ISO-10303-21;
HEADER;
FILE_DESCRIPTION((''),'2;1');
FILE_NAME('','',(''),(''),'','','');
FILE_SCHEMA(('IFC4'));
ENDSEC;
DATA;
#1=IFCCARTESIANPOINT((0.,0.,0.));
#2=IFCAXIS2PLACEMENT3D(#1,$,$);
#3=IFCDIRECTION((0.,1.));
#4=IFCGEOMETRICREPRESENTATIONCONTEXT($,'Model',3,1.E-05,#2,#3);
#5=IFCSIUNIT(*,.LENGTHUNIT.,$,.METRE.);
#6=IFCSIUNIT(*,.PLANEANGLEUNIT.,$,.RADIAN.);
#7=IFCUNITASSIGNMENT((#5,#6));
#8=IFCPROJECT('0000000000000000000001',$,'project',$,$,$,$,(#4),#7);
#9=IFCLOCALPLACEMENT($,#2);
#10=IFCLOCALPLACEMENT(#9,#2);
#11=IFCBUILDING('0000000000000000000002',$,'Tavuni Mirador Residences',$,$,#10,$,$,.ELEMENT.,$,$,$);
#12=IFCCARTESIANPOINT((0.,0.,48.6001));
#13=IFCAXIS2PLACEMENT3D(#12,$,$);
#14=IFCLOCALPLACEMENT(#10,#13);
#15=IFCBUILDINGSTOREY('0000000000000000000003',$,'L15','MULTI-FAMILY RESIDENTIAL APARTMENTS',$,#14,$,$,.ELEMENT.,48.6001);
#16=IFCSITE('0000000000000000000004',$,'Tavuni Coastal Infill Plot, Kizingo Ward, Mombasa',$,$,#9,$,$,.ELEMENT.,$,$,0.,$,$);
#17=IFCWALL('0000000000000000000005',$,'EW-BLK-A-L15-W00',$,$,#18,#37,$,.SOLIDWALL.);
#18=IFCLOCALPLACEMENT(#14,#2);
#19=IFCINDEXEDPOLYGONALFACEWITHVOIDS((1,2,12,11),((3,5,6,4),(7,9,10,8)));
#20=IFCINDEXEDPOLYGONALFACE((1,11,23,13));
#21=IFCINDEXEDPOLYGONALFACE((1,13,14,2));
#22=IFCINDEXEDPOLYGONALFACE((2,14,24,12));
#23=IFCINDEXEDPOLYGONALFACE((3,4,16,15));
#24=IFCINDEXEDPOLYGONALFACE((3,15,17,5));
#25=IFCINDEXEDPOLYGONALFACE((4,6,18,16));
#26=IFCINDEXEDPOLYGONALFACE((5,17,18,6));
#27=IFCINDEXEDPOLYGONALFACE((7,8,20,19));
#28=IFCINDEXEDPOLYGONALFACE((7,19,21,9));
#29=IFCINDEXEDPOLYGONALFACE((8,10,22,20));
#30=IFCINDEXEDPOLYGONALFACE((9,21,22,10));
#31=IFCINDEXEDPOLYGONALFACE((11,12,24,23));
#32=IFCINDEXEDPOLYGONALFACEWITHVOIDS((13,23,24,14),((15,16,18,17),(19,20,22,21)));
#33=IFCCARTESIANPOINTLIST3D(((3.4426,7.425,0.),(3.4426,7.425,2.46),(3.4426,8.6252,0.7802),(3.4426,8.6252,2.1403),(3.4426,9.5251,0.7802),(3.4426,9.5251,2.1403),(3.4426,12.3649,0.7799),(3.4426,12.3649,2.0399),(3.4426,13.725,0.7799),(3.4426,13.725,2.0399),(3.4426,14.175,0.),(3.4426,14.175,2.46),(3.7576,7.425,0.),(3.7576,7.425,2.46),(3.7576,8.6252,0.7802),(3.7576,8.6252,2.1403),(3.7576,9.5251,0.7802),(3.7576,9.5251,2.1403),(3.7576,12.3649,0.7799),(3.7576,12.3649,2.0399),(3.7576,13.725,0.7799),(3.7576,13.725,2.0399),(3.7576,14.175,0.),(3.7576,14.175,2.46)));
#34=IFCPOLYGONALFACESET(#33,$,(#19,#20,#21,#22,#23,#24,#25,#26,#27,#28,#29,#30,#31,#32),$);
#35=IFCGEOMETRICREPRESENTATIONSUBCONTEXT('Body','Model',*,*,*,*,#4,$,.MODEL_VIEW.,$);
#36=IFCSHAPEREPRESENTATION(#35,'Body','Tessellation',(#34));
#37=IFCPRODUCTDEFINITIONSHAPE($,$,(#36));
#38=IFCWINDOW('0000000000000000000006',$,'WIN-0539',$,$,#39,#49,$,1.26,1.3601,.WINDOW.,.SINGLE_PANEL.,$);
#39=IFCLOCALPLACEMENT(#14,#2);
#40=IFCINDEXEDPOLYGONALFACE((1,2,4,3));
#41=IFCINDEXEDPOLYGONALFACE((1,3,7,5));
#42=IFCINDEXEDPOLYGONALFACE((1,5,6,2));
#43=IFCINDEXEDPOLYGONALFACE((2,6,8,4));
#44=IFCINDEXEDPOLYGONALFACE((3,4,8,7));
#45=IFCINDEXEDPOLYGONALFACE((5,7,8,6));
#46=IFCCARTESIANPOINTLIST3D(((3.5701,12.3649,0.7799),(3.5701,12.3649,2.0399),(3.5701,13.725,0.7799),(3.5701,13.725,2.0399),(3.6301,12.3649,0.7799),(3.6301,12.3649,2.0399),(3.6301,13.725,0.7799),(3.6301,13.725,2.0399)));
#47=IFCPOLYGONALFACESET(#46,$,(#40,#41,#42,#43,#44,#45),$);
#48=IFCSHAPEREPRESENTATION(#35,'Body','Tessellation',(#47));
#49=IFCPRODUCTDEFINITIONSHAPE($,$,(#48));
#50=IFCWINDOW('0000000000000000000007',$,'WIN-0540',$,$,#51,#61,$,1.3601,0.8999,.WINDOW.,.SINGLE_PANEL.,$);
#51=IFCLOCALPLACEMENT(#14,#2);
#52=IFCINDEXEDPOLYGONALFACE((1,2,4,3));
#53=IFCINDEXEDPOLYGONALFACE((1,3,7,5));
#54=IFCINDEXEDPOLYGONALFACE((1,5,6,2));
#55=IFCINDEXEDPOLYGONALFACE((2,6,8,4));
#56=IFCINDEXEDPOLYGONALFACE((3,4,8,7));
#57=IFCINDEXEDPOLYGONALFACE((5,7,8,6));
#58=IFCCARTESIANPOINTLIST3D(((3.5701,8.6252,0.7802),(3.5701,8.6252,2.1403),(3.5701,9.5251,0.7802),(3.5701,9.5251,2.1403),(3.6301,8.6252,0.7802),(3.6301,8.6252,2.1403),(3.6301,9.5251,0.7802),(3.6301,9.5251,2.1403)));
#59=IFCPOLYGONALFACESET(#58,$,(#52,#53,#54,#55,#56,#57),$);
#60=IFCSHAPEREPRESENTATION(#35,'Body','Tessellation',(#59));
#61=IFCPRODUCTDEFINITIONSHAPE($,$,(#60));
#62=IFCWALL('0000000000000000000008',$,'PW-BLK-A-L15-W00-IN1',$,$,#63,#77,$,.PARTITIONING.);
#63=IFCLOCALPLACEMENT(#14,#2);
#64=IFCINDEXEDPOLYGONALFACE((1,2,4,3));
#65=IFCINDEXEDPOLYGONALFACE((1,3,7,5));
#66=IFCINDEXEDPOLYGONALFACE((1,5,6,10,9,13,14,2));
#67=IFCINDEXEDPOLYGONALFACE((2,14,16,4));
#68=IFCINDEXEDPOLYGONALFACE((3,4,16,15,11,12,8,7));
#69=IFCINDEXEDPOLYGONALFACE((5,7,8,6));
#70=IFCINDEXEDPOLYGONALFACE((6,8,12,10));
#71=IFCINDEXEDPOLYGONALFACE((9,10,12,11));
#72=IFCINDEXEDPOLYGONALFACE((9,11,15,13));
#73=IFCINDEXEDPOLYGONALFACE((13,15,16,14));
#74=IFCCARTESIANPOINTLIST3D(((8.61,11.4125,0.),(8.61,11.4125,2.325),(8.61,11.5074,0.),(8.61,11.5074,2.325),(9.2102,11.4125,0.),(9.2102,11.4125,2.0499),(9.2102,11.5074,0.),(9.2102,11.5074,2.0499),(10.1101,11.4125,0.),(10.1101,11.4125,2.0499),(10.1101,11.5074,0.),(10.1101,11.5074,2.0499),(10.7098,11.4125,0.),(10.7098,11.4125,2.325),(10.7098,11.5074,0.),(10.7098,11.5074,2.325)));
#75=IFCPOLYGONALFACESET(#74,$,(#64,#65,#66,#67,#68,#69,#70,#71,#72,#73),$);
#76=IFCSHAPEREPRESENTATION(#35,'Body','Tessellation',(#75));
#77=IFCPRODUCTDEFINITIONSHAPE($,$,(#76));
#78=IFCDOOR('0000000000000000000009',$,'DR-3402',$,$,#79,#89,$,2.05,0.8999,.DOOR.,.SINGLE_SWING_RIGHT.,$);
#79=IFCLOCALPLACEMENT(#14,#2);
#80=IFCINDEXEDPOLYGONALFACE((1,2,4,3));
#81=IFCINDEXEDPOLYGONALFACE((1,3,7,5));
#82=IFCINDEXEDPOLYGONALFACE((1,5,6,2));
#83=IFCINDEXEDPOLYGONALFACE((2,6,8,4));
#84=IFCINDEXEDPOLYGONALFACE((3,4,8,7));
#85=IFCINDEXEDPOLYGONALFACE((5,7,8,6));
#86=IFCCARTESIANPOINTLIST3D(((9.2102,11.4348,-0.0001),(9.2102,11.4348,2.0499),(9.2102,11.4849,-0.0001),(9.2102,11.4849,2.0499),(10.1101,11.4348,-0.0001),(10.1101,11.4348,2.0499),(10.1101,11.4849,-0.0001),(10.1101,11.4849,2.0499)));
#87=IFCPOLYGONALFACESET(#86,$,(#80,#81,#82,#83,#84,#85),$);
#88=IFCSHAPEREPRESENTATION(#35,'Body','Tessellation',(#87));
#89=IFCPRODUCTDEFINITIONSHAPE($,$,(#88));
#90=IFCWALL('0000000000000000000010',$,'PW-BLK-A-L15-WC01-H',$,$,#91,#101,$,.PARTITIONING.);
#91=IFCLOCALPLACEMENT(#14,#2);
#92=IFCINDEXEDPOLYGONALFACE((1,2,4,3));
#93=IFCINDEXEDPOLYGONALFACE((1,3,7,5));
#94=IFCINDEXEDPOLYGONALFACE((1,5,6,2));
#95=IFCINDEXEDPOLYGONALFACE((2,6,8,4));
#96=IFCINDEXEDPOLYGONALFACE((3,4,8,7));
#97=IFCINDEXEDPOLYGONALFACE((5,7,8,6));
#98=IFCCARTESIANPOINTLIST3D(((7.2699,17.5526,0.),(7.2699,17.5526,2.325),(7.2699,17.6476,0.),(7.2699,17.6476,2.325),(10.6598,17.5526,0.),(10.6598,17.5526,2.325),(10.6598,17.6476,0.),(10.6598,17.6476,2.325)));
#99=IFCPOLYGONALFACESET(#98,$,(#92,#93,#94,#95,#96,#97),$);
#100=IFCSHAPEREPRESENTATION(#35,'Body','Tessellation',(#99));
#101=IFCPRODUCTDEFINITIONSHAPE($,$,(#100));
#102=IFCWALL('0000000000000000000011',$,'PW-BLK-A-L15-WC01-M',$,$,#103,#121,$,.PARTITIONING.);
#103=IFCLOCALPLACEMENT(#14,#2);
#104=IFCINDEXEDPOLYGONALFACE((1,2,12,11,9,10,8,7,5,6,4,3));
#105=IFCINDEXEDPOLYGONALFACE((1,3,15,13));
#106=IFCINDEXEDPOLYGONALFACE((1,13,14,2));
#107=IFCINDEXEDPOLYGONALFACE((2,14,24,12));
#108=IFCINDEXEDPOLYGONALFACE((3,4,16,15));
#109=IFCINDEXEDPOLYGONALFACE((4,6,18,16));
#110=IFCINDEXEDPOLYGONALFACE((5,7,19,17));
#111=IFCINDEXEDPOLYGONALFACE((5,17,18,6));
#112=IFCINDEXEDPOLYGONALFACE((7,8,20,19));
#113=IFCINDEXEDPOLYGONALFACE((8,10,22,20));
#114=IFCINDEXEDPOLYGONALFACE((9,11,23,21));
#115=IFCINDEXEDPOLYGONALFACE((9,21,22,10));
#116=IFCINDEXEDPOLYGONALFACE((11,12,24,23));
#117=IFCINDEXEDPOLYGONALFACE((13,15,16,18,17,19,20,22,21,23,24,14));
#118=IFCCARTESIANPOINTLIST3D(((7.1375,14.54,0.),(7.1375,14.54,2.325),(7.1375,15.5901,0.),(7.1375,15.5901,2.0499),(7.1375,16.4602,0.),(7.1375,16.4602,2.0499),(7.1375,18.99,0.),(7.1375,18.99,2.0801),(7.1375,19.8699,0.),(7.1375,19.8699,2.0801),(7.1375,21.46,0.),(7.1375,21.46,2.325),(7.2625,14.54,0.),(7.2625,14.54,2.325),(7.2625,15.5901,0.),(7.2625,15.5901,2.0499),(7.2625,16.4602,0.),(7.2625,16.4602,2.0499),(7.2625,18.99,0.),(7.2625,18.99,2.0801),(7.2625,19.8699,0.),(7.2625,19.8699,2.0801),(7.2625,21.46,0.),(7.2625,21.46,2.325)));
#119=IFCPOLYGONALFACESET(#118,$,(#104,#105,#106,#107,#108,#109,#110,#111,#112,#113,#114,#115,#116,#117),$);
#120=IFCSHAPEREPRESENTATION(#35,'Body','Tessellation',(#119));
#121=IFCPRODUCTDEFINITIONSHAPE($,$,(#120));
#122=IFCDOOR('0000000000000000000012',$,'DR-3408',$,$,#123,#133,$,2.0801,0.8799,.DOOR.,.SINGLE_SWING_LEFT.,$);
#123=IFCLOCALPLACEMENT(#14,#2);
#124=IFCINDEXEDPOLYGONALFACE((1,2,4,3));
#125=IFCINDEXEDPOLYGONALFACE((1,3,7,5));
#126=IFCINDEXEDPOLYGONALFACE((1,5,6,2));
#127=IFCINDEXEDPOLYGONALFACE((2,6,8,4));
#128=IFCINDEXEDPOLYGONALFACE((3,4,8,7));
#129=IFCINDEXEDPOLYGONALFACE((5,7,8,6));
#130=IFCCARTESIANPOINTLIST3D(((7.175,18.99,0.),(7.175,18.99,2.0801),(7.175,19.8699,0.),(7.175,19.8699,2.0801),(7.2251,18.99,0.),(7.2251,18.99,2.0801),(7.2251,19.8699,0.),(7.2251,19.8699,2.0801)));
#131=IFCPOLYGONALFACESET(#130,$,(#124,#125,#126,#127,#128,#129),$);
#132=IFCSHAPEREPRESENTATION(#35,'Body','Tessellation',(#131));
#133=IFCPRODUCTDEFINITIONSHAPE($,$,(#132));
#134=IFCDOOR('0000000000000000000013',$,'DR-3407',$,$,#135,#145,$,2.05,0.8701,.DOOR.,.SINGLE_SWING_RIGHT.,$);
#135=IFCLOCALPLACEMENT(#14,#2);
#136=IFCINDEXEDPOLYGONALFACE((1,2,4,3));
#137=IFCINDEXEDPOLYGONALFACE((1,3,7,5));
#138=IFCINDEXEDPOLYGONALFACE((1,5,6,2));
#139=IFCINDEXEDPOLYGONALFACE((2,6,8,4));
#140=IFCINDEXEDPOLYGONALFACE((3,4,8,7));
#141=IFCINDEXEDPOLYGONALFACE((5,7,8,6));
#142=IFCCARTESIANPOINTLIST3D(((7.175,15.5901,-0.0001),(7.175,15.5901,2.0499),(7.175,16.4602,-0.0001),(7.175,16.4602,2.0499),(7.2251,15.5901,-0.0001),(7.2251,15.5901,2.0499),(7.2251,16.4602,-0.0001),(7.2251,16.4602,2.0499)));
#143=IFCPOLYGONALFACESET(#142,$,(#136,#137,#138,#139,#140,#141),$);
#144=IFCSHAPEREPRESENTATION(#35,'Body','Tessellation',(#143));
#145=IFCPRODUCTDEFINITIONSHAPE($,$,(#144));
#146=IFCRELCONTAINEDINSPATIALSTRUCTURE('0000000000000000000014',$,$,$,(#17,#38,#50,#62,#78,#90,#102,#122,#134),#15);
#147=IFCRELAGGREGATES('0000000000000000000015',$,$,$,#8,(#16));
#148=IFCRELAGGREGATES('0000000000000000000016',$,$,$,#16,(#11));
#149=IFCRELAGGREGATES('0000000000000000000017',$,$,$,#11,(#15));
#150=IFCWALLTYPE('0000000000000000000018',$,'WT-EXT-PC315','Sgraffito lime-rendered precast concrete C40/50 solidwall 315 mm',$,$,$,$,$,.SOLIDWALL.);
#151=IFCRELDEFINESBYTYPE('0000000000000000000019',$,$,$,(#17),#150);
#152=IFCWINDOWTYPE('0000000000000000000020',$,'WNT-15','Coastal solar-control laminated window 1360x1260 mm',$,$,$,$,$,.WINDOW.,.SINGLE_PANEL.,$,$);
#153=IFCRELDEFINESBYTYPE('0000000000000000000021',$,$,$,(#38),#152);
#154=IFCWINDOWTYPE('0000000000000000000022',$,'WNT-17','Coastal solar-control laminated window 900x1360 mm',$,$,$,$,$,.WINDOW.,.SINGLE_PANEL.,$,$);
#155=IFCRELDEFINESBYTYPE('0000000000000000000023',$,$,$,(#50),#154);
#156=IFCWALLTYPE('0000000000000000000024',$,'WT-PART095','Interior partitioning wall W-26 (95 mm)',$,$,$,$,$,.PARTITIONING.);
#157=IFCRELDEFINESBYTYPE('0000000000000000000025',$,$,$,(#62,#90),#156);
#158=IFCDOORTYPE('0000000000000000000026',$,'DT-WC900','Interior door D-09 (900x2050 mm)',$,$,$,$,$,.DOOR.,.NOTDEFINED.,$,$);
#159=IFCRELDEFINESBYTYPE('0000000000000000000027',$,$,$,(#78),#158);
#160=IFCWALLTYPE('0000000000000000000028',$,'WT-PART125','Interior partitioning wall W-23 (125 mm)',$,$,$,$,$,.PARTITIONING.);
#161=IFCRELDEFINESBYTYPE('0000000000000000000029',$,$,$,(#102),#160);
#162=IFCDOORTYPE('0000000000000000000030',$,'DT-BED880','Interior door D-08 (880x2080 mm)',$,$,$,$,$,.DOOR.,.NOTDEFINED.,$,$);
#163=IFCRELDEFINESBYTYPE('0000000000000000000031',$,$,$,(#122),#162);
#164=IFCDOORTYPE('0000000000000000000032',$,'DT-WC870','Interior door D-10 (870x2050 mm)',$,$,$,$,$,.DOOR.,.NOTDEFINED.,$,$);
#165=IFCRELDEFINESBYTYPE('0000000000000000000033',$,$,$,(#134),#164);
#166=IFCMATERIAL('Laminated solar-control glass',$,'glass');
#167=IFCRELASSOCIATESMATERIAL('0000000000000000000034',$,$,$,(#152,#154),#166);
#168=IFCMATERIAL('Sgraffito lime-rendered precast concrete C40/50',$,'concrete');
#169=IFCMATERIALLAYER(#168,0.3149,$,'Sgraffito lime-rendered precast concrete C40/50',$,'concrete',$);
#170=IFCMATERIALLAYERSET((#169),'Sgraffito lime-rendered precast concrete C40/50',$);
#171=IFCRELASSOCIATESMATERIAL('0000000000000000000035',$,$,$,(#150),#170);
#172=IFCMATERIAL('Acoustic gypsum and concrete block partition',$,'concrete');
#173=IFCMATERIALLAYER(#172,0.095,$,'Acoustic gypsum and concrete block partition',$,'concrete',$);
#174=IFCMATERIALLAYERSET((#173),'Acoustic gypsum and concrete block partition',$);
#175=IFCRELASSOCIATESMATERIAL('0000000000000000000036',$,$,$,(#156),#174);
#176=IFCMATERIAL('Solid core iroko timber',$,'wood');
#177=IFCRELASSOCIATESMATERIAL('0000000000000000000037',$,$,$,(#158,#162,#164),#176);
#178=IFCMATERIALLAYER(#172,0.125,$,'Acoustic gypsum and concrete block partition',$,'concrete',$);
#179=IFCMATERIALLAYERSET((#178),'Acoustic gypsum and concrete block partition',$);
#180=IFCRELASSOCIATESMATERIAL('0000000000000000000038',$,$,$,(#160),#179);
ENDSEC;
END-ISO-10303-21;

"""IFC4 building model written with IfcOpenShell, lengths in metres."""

from ifc_helpers import new_model, si_unit, direction, frame, frame_2d, origin, place, context, subcontext, project, spatial, rectangle, extrude, material, layer, layer_set, type_object, element, fill, save


model = new_model("IFC4")

# Units and contexts
model_context = context("Model", 3, precision=1e-05, world=origin(), true_north=direction((0.0, 1.0)))
body_context = subcontext(model_context, "Body", "Model", "MODEL_VIEW")
ifc_project = project(units=[si_unit("LENGTHUNIT", "METRE"), si_unit("PLANEANGLEUNIT", "RADIAN")], contexts=[model_context])

# Site, building, storey
site_placement = place(None, origin())
site = spatial("IfcSite", under=ifc_project, at=site_placement, Name="Tavuni Coastal Infill Plot, Kizingo Ward, Mombasa", CompositionType="ELEMENT", RefElevation=0.0)
building_placement = place(site_placement, origin())
building = spatial("IfcBuilding", under=site, at=building_placement, Name="Tavuni Mirador Residences", CompositionType="ELEMENT")
storey_placement = place(building_placement, frame((0.0, 0.0, 48.6001)))
storey = spatial("IfcBuildingStorey", under=building, at=storey_placement, Name="L15", Description="MULTI-FAMILY RESIDENTIAL APARTMENTS", CompositionType="ELEMENT", Elevation=48.6001)

# Wall, openings, windows
ifc_material_1 = material(Name="Sgraffito lime-rendered precast concrete C40/50", Category="concrete")
ifc_material_2 = material(Name="Laminated solar-control glass", Category="glass")
window_type_1 = type_object("IfcWindowType", Name="WNT-15", Description="Coastal solar-control laminated window 1360x1260 mm", PartitioningType="SINGLE_PANEL", PredefinedType="WINDOW", material=ifc_material_2)
ifc_layer_1 = layer(ifc_material_1, 0.3149, Name="Sgraffito lime-rendered precast concrete C40/50", Category="concrete")
ifc_layer_set_1 = layer_set([ifc_layer_1], Name="Sgraffito lime-rendered precast concrete C40/50")
wall_type_1 = type_object("IfcWallType", Name="WT-EXT-PC315", Description="Sgraffito lime-rendered precast concrete C40/50 solidwall 315 mm", PredefinedType="SOLIDWALL", material=ifc_layer_set_1)
wall_1_placement = place(storey_placement, frame((3.6001, 14.175, 0.0), z_axis=(0.0, 0.0, 1.0), x_axis=(0.0, -1.0, 0.0)))
wall_1 = element("IfcWall", 1, at=wall_1_placement, inside=storey, type_object=wall_type_1, Name="EW-BLK-A-L15-W00", PredefinedType="SOLIDWALL", context=body_context, shape_type="SweptSolid", body=[
    extrude(rectangle(XDim=6.75, YDim=0.3149, at=frame_2d((3.375, 0.0))), origin(), (0.0, 0.0, 1.0), 2.46),
])
opening_1_placement = place(wall_1_placement, frame((0.45, 0.0, 0.78)))
opening_1 = element("IfcOpeningElement", 2, at=opening_1_placement, cuts=wall_1, PredefinedType="OPENING", context=body_context, shape_type="SweptSolid", body=[
    extrude(rectangle(XDim=1.3601, YDim=1.26, at=frame_2d((0.6802, 0.6299))), frame((0.0, 0.1675, 0.0), z_axis=(0.0, -1.0, 0.0), x_axis=(1.0, 0.0, 0.0)), (0.0, 0.0, 1.0), 0.335),
])
opening_2_placement = place(wall_1_placement, frame((4.6499, 0.0, 0.78)))
opening_2 = element("IfcOpeningElement", 3, at=opening_2_placement, cuts=wall_1, PredefinedType="OPENING", context=body_context, shape_type="SweptSolid", body=[
    extrude(rectangle(XDim=0.8999, YDim=1.3601, at=frame_2d((0.45, 0.6802))), frame((0.0, 0.1675, 0.0), z_axis=(0.0, -1.0, 0.0), x_axis=(1.0, 0.0, 0.0)), (0.0, 0.0, 1.0), 0.335),
])
window_1_placement = place(opening_1_placement, origin())
window_1 = element("IfcWindow", 4, at=window_1_placement, inside=storey, type_object=window_type_1, Name="WIN-0539", OverallHeight=1.26, OverallWidth=1.3601, PartitioningType="SINGLE_PANEL", PredefinedType="WINDOW", context=body_context, shape_type="SweptSolid", body=[
    extrude(rectangle(XDim=1.3601, YDim=1.26, at=frame_2d((0.6802, 0.6299))), frame((0.0, 0.03, 0.0), z_axis=(0.0, -1.0, 0.0), x_axis=(1.0, 0.0, 0.0)), (0.0, 0.0, 1.0), 0.0601),
])
fill(opening_1, window_1)
window_type_2 = type_object("IfcWindowType", Name="WNT-17", Description="Coastal solar-control laminated window 900x1360 mm", PartitioningType="SINGLE_PANEL", PredefinedType="WINDOW", material=ifc_material_2)
window_2_placement = place(opening_2_placement, origin())
window_2 = element("IfcWindow", 5, at=window_2_placement, inside=storey, type_object=window_type_2, Name="WIN-0540", OverallHeight=1.3601, OverallWidth=0.8999, PartitioningType="SINGLE_PANEL", PredefinedType="WINDOW", context=body_context, shape_type="SweptSolid", body=[
    extrude(rectangle(XDim=0.8999, YDim=1.3601, at=frame_2d((0.45, 0.6802))), frame((0.0, 0.03, 0.0), z_axis=(0.0, -1.0, 0.0), x_axis=(1.0, 0.0, 0.0)), (0.0, 0.0, 1.0), 0.0601),
])
fill(opening_2, window_2)

# Wall, opening, door
ifc_material_3 = material(Name="Acoustic gypsum and concrete block partition", Category="concrete")
ifc_layer_2 = layer(ifc_material_3, 0.095, Name="Acoustic gypsum and concrete block partition", Category="concrete")
ifc_layer_set_2 = layer_set([ifc_layer_2], Name="Acoustic gypsum and concrete block partition")
wall_type_2 = type_object("IfcWallType", Name="WT-PART095", Description="Interior partitioning wall W-26 (95 mm)", PredefinedType="PARTITIONING", material=ifc_layer_set_2)
wall_2_placement = place(storey_placement, frame((8.6101, 11.46, 0.0), z_axis=(0.0, 0.0, 1.0), x_axis=(1.0, 0.0, 0.0)))
wall_2 = element("IfcWall", 6, at=wall_2_placement, inside=storey, type_object=wall_type_2, Name="PW-BLK-A-L15-W00-IN1", PredefinedType="PARTITIONING", context=body_context, shape_type="SweptSolid", body=[
    extrude(rectangle(XDim=2.0999, YDim=0.095, at=frame_2d((1.0498, 0.0))), origin(), (0.0, 0.0, 1.0), 2.325),
])
opening_3_placement = place(wall_2_placement, frame((0.6001, 0.0, 0.0)))
opening_3 = element("IfcOpeningElement", 7, at=opening_3_placement, cuts=wall_2, PredefinedType="OPENING", context=body_context, shape_type="SweptSolid", body=[
    extrude(rectangle(XDim=0.8999, YDim=2.05, at=frame_2d((0.45, 1.0249))), frame((0.0, 0.0576, 0.0), z_axis=(0.0, -1.0, 0.0), x_axis=(1.0, 0.0, 0.0)), (0.0, 0.0, 1.0), 0.115),
])
ifc_material_4 = material(Name="Solid core iroko timber", Category="wood")
door_type_1 = type_object("IfcDoorType", Name="DT-WC900", Description="Interior door D-09 (900x2050 mm)", OperationType="NOTDEFINED", PredefinedType="DOOR", material=ifc_material_4)
door_1_placement = place(opening_3_placement, origin())
door_1 = element("IfcDoor", 8, at=door_1_placement, inside=storey, type_object=door_type_1, Name="DR-3402", OperationType="SINGLE_SWING_RIGHT", OverallHeight=2.05, OverallWidth=0.8999, PredefinedType="DOOR", context=body_context, shape_type="SweptSolid", body=[
    extrude(rectangle(XDim=0.8999, YDim=2.05, at=frame_2d((0.45, 1.0249))), frame((0.0, 0.0249, 0.0), z_axis=(0.0, -1.0, 0.0), x_axis=(1.0, 0.0, 0.0)), (0.0, 0.0, 1.0), 0.05),
])
fill(opening_3, door_1)

# Wall
wall_3_placement = place(storey_placement, frame((7.27, 17.6001, 0.0), z_axis=(0.0, 0.0, 1.0), x_axis=(1.0, 0.0, 0.0)))
element("IfcWall", 9, at=wall_3_placement, inside=storey, type_object=wall_type_2, Name="PW-BLK-A-L15-WC01-H", PredefinedType="PARTITIONING", context=body_context, shape_type="SweptSolid", body=[
    extrude(rectangle(XDim=3.3899, YDim=0.095, at=frame_2d((1.6948, 0.0))), origin(), (0.0, 0.0, 1.0), 2.325),
])

# Wall, openings, doors
ifc_layer_3 = layer(ifc_material_3, 0.125, Name="Acoustic gypsum and concrete block partition", Category="concrete")
ifc_layer_set_3 = layer_set([ifc_layer_3], Name="Acoustic gypsum and concrete block partition")
wall_type_3 = type_object("IfcWallType", Name="WT-PART125", Description="Interior partitioning wall W-23 (125 mm)", PredefinedType="PARTITIONING", material=ifc_layer_set_3)
wall_4_placement = place(storey_placement, frame((7.2, 14.54, 0.0), z_axis=(0.0, 0.0, 1.0), x_axis=(0.0, 1.0, 0.0)))
wall_4 = element("IfcWall", 10, at=wall_4_placement, inside=storey, type_object=wall_type_3, Name="PW-BLK-A-L15-WC01-M", PredefinedType="PARTITIONING", context=body_context, shape_type="SweptSolid", body=[
    extrude(rectangle(XDim=6.9199, YDim=0.125, at=frame_2d((3.46, 0.0))), origin(), (0.0, 0.0, 1.0), 2.325),
])
opening_4_placement = place(wall_4_placement, frame((1.05, 0.0, 0.0)))
opening_4 = element("IfcOpeningElement", 11, at=opening_4_placement, cuts=wall_4, PredefinedType="OPENING", context=body_context, shape_type="SweptSolid", body=[
    extrude(rectangle(XDim=0.8701, YDim=2.05, at=frame_2d((0.4351, 1.0249))), frame((0.0, 0.0725, 0.0), z_axis=(0.0, -1.0, 0.0), x_axis=(1.0, 0.0, 0.0)), (0.0, 0.0, 1.0), 0.145),
])
opening_5_placement = place(wall_4_placement, frame((4.45, 0.0, 0.0)))
opening_5 = element("IfcOpeningElement", 12, at=opening_5_placement, cuts=wall_4, PredefinedType="OPENING", context=body_context, shape_type="SweptSolid", body=[
    extrude(rectangle(XDim=0.8799, YDim=2.0801, at=frame_2d((0.4399, 1.04))), frame((0.0, 0.0725, 0.0), z_axis=(0.0, -1.0, 0.0), x_axis=(1.0, 0.0, 0.0)), (0.0, 0.0, 1.0), 0.145),
])
door_type_2 = type_object("IfcDoorType", Name="DT-BED880", Description="Interior door D-08 (880x2080 mm)", OperationType="NOTDEFINED", PredefinedType="DOOR", material=ifc_material_4)
door_2_placement = place(opening_5_placement, origin())
door_2 = element("IfcDoor", 13, at=door_2_placement, inside=storey, type_object=door_type_2, Name="DR-3408", OperationType="SINGLE_SWING_LEFT", OverallHeight=2.0801, OverallWidth=0.8799, PredefinedType="DOOR", context=body_context, shape_type="SweptSolid", body=[
    extrude(rectangle(XDim=0.8799, YDim=2.0801, at=frame_2d((0.4399, 1.04))), frame((0.0, 0.0249, 0.0), z_axis=(0.0, -1.0, 0.0), x_axis=(1.0, 0.0, 0.0)), (0.0, 0.0, 1.0), 0.05),
])
fill(opening_5, door_2)
door_type_3 = type_object("IfcDoorType", Name="DT-WC870", Description="Interior door D-10 (870x2050 mm)", OperationType="NOTDEFINED", PredefinedType="DOOR", material=ifc_material_4)
door_3_placement = place(opening_4_placement, origin())
door_3 = element("IfcDoor", 14, at=door_3_placement, inside=storey, type_object=door_type_3, Name="DR-3407", OperationType="SINGLE_SWING_RIGHT", OverallHeight=2.05, OverallWidth=0.8701, PredefinedType="DOOR", context=body_context, shape_type="SweptSolid", body=[
    extrude(rectangle(XDim=0.8701, YDim=2.05, at=frame_2d((0.4351, 1.0249))), frame((0.0, 0.0249, 0.0), z_axis=(0.0, -1.0, 0.0), x_axis=(1.0, 0.0, 0.0)), (0.0, 0.0, 1.0), 0.05),
])
fill(opening_4, door_3)

save(model, "model.ifc")
